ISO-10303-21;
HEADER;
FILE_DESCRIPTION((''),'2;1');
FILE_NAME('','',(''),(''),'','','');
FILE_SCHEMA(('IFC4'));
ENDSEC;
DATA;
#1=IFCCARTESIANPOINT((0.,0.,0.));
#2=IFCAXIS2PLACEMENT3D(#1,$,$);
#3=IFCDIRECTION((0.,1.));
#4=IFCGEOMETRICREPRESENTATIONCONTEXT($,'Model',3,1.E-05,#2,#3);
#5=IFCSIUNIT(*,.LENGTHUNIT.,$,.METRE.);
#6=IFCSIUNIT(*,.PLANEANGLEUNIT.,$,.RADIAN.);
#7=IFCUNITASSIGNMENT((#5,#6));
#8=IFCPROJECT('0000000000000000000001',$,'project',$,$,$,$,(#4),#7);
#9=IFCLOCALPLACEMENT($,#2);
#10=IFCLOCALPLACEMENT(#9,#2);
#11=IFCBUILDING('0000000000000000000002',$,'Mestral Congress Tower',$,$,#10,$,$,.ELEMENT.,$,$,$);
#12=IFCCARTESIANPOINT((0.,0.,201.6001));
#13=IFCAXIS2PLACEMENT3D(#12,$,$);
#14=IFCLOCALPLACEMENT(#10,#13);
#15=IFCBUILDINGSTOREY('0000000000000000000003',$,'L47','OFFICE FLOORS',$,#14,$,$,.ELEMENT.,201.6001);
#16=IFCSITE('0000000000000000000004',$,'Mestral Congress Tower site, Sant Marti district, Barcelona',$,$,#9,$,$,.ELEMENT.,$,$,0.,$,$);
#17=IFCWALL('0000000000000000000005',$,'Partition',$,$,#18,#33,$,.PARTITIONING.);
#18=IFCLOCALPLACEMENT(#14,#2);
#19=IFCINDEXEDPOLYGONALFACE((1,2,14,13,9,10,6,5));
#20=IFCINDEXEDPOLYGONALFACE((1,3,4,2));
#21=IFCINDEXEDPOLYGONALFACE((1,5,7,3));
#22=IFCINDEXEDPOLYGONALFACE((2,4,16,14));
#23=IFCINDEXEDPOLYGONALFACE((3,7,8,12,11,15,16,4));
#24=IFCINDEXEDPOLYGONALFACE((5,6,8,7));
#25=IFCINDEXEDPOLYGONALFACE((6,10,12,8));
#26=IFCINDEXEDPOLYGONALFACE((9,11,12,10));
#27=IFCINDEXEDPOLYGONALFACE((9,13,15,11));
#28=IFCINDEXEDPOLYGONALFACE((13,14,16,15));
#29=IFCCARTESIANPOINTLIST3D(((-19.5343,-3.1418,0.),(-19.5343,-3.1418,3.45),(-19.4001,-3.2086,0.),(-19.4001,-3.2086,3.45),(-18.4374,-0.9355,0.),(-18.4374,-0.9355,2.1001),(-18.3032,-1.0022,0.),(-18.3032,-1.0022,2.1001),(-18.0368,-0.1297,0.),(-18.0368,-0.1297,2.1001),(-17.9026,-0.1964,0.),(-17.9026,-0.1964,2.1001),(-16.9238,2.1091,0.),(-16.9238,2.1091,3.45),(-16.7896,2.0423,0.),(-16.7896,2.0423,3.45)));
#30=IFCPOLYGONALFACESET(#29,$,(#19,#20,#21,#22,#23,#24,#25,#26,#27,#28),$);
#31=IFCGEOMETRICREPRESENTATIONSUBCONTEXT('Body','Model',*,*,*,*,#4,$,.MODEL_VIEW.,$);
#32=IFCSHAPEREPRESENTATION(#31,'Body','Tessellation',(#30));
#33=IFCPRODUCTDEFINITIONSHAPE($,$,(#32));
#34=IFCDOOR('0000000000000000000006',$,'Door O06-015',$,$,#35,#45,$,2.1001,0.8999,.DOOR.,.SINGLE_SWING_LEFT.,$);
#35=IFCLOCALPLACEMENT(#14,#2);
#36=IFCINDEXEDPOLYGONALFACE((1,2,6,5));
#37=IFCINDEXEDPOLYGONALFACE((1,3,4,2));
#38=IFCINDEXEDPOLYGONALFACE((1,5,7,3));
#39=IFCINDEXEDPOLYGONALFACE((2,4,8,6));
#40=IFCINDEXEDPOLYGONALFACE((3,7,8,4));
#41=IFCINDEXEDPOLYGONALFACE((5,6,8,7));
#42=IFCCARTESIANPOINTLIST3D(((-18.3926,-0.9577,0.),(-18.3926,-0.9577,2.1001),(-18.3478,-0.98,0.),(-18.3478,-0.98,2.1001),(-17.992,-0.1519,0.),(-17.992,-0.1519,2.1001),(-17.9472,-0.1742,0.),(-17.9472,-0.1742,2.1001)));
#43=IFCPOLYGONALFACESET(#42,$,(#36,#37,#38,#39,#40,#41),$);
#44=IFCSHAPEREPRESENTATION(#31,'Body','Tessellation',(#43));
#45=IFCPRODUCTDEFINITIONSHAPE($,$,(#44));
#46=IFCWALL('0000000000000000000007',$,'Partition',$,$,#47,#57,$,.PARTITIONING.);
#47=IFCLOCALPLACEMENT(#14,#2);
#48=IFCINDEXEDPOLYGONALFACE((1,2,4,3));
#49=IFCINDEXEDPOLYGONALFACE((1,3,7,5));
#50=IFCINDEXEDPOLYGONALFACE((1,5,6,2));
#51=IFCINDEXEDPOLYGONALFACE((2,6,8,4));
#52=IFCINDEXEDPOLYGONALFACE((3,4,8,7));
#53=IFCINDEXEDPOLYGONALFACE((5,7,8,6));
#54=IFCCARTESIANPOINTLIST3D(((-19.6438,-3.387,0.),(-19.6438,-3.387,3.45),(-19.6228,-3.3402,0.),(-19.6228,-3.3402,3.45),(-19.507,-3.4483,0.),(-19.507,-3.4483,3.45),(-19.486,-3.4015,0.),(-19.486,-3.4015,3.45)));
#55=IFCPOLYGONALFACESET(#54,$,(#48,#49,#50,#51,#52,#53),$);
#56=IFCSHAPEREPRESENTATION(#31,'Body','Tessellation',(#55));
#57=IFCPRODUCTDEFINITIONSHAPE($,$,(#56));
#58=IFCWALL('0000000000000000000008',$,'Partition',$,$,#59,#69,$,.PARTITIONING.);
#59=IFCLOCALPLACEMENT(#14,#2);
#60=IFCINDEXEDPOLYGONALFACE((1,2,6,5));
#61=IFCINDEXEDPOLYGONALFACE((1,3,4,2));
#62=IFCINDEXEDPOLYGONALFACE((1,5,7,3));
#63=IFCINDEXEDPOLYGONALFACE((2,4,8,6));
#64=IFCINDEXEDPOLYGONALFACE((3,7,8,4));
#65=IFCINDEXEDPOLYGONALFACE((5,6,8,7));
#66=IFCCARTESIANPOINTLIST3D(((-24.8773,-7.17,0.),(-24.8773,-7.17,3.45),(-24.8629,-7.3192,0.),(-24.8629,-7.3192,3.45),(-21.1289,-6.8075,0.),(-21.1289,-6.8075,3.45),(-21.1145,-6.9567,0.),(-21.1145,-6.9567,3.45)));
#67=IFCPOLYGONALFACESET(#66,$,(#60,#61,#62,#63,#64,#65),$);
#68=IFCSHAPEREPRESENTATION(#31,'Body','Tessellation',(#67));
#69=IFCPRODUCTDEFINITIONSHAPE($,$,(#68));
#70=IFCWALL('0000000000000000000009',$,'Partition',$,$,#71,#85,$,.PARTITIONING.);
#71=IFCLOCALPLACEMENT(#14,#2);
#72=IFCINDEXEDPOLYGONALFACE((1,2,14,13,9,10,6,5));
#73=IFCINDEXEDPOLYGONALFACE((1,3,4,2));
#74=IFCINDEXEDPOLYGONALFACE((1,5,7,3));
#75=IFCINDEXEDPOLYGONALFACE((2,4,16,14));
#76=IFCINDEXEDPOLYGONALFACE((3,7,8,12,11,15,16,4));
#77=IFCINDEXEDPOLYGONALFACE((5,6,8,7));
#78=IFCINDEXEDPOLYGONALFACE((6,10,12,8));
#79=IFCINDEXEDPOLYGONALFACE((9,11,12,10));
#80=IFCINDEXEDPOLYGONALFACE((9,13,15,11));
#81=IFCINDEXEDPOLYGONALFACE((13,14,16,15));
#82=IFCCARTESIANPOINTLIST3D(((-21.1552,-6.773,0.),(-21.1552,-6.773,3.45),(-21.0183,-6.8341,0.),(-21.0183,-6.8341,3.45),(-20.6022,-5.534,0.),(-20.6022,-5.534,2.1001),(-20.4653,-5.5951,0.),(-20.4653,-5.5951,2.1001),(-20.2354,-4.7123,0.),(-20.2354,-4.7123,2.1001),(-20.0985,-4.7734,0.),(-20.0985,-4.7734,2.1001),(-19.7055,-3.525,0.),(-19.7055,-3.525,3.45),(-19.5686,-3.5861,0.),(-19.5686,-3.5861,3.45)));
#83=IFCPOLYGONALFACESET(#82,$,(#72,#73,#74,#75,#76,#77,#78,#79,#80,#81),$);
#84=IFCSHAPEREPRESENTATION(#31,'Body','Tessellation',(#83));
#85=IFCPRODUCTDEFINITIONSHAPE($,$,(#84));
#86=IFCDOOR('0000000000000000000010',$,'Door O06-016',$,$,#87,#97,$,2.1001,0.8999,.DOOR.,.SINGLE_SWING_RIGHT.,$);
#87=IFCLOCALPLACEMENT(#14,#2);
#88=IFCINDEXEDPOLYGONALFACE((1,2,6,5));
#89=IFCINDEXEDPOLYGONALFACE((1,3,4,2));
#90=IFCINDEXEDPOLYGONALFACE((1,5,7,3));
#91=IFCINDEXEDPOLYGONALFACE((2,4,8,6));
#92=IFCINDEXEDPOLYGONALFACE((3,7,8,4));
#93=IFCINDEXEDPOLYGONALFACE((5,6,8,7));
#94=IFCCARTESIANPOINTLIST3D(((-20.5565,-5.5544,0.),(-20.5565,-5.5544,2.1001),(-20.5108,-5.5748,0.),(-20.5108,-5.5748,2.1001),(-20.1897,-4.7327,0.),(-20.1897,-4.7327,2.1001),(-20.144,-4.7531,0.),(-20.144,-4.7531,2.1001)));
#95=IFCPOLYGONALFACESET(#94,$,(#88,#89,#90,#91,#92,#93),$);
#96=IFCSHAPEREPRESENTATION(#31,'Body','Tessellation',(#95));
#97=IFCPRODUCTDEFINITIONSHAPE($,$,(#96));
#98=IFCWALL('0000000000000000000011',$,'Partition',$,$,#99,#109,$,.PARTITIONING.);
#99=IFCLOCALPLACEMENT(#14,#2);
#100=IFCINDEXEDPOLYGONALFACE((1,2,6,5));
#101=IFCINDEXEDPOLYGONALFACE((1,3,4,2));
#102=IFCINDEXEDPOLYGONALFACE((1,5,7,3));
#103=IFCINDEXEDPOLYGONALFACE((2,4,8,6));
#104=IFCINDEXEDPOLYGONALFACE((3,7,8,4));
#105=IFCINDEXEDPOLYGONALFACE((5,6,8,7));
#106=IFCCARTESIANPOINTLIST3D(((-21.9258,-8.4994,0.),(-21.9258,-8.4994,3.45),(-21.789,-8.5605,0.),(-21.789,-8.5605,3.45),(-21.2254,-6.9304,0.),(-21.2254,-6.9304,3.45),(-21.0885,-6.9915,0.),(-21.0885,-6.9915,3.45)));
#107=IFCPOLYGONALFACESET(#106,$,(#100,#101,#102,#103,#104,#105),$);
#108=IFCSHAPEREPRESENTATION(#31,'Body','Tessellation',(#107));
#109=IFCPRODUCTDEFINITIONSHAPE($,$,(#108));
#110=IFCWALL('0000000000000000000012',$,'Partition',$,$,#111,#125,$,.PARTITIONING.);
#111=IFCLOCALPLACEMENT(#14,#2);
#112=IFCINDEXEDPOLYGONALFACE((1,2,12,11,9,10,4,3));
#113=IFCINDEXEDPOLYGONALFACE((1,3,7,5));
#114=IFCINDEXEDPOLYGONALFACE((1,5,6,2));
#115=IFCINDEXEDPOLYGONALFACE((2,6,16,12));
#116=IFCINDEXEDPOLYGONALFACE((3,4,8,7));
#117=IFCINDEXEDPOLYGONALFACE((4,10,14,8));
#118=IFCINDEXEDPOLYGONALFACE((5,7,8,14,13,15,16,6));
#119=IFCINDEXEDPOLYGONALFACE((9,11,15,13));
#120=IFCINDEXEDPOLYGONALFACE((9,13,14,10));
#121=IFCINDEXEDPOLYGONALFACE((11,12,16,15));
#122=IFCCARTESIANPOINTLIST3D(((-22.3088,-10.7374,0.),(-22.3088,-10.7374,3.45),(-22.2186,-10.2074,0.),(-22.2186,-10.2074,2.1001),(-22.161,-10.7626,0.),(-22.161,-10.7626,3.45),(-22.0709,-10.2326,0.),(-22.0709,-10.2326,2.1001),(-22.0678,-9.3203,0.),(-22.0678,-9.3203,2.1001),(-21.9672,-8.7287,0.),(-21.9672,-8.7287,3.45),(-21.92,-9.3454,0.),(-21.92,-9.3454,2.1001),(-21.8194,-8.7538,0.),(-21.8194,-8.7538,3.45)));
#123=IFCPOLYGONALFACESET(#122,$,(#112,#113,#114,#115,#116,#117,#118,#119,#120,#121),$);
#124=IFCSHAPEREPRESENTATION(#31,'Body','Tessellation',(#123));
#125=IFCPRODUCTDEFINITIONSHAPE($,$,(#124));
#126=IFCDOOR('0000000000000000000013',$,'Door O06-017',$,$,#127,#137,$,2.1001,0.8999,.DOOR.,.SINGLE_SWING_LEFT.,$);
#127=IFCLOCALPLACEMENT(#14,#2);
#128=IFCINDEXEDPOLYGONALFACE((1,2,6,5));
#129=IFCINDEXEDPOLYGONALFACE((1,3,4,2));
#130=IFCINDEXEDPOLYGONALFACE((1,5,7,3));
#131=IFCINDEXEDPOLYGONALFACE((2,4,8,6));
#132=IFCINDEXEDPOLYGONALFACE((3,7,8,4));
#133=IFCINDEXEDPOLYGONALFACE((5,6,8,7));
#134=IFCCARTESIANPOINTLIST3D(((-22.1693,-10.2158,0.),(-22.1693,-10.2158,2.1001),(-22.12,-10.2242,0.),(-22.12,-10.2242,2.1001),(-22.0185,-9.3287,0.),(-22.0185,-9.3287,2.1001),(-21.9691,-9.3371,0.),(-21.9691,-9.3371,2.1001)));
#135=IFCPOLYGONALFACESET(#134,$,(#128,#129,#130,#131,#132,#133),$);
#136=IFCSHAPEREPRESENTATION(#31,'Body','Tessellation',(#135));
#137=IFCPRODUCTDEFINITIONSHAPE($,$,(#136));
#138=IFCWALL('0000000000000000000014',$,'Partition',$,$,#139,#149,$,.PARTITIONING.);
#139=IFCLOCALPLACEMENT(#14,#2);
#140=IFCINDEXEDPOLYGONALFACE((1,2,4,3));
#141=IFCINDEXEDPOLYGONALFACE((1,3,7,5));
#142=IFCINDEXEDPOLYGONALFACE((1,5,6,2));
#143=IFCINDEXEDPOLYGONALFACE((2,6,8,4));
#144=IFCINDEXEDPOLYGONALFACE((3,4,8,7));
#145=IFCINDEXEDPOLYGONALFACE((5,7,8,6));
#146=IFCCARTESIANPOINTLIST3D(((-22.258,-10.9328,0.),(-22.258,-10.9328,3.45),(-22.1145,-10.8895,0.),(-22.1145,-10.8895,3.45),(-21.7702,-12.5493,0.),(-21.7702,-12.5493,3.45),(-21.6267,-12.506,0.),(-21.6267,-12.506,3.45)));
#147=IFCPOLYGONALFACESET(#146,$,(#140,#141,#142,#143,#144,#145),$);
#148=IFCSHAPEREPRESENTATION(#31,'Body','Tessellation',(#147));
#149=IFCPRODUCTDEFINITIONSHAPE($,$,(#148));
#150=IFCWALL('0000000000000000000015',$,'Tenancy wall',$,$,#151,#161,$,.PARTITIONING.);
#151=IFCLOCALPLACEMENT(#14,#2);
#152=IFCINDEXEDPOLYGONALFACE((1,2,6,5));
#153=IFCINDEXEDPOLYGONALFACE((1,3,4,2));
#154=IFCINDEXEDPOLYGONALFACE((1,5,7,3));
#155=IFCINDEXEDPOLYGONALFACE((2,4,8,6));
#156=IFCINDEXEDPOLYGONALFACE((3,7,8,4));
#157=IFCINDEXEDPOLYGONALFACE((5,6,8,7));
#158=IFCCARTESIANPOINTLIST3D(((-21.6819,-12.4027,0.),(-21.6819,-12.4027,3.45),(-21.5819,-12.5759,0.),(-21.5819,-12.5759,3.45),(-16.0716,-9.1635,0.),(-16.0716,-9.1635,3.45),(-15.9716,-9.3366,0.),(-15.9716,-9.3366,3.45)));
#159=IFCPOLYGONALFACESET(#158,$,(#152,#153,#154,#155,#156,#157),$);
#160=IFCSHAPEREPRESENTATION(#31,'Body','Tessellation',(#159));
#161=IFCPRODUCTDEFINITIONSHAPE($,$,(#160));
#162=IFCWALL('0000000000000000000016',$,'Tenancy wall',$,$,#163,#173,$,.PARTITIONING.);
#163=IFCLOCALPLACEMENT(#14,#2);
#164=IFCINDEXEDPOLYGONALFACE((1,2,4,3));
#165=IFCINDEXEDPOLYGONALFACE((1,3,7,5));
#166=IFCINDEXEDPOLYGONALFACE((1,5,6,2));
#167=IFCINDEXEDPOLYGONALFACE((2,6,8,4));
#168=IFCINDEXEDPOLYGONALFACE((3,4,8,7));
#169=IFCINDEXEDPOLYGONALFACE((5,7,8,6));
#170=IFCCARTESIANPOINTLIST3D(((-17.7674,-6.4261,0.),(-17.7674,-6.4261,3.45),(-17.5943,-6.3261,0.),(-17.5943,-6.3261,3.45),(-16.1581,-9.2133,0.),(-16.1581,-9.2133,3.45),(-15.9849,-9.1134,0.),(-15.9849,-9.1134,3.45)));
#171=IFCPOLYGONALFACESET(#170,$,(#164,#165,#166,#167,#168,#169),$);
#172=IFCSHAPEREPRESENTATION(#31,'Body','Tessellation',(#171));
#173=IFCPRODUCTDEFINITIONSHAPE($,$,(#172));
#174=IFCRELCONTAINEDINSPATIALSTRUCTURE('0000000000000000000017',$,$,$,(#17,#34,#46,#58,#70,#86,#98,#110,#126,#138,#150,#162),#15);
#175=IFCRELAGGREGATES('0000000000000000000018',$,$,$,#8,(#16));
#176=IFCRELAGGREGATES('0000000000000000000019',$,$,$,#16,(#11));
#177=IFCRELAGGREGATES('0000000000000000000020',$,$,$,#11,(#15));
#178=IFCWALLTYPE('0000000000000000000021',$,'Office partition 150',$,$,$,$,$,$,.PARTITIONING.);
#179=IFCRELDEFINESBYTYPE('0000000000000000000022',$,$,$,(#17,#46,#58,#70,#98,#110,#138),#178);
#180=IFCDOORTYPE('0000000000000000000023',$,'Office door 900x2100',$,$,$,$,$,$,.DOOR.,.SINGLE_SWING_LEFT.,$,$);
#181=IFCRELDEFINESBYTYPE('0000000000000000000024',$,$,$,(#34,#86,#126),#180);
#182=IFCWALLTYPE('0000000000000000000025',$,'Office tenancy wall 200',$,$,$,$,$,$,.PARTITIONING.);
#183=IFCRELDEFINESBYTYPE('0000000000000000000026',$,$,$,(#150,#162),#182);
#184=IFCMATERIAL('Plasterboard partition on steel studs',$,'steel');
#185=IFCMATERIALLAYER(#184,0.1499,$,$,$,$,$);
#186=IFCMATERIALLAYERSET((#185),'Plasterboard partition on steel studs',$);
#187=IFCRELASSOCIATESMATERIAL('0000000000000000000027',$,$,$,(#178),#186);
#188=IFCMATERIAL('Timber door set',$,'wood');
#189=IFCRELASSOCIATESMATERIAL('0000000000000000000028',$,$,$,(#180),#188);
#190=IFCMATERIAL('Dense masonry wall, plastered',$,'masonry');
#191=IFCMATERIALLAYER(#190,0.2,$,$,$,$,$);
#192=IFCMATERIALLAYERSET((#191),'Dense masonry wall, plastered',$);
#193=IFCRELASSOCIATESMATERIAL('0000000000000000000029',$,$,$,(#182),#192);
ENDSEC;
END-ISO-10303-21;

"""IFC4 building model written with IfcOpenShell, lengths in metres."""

from ifc_helpers import new_model, si_unit, direction, frame, frame_2d, origin, place, context, subcontext, project, spatial, rectangle, extrude, material, layer, layer_set, type_object, element, fill, save


model = new_model("IFC4")

# Units and contexts
model_context = context("Model", 3, precision=1e-05, world=origin(), true_north=direction((0.0, 1.0)))
body_context = subcontext(model_context, "Body", "Model", "MODEL_VIEW")
ifc_project = project(units=[si_unit("LENGTHUNIT", "METRE"), si_unit("PLANEANGLEUNIT", "RADIAN")], contexts=[model_context])

# Site, building, storey
site_placement = place(None, origin())
site = spatial("IfcSite", under=ifc_project, at=site_placement, Name="Mestral Congress Tower site, Sant Marti district, Barcelona", CompositionType="ELEMENT", RefElevation=0.0)
building_placement = place(site_placement, origin())
building = spatial("IfcBuilding", under=site, at=building_placement, Name="Mestral Congress Tower", CompositionType="ELEMENT")
storey_placement = place(building_placement, frame((0.0, 0.0, 201.6001)))
storey = spatial("IfcBuildingStorey", under=building, at=storey_placement, Name="L47", Description="OFFICE FLOORS", CompositionType="ELEMENT", Elevation=201.6001)

# Shared definitions
ifc_material_1 = material(Name="Plasterboard partition on steel studs", Category="steel")
ifc_layer_1 = layer(ifc_material_1, 0.1499)
ifc_layer_set_1 = layer_set([ifc_layer_1], Name="Plasterboard partition on steel studs")
wall_type_1 = type_object("IfcWallType", Name="Office partition 150", PredefinedType="PARTITIONING", material=ifc_layer_set_1)

# Wall, opening, door
wall_1_placement = place(storey_placement, frame((-19.4673, -3.1753, 0.0), z_axis=(0.0, 0.0, 1.0), x_axis=(0.445181, 0.895441, 0.0)))
wall_1 = element("IfcWall", 1, at=wall_1_placement, inside=storey, type_object=wall_type_1, Name="Partition", PredefinedType="PARTITIONING", context=body_context, shape_type="SweptSolid", body=[
    extrude(rectangle(XDim=5.864, YDim=0.1499, at=frame_2d((2.9321, 0.0))), origin(), (0.0, 0.0, 1.0), 3.45),
])
opening_1_placement = place(wall_1_placement, frame((2.4641, 0.0, 0.0)))
opening_1 = element("IfcOpeningElement", 2, at=opening_1_placement, cuts=wall_1, PredefinedType="OPENING", context=body_context, shape_type="SweptSolid", body=[
    extrude(rectangle(XDim=0.8999, YDim=2.1001, at=frame_2d((0.45, 1.05))), frame((0.0, 0.085, 0.0), z_axis=(0.0, -1.0, 0.0), x_axis=(1.0, 0.0, 0.0)), (0.0, 0.0, 1.0), 0.1699),
])
ifc_material_2 = material(Name="Timber door set", Category="wood")
door_type_1 = type_object("IfcDoorType", Name="Office door 900x2100", OperationType="SINGLE_SWING_LEFT", PredefinedType="DOOR", material=ifc_material_2)
door_1_placement = place(opening_1_placement, origin())
door_1 = element("IfcDoor", 3, at=door_1_placement, inside=storey, type_object=door_type_1, Name="Door O06-015", OperationType="SINGLE_SWING_LEFT", OverallHeight=2.1001, OverallWidth=0.8999, PredefinedType="DOOR", context=body_context, shape_type="SweptSolid", body=[
    extrude(rectangle(XDim=0.8999, YDim=2.1001, at=frame_2d((0.45, 1.05))), frame((0.0, 0.0249, 0.0), z_axis=(0.0, -1.0, 0.0), x_axis=(1.0, 0.0, 0.0)), (0.0, 0.0, 1.0), 0.05),
])
fill(opening_1, door_1)

# Walls
wall_2_placement = place(storey_placement, frame((-19.5544, -3.3708, 0.0), z_axis=(0.0, 0.0, 1.0), x_axis=(-0.408783, -0.912632, 0.0)))
element("IfcWall", 4, at=wall_2_placement, inside=storey, type_object=wall_type_1, Name="Partition", PredefinedType="PARTITIONING", context=body_context, shape_type="SweptSolid", body=[
    extrude(rectangle(XDim=0.0513, YDim=0.1499, at=frame_2d((0.0256, 0.0))), origin(), (0.0, 0.0, 1.0), 3.45),
])
wall_3_placement = place(storey_placement, frame((-21.1218, -6.8821, 0.0), z_axis=(0.0, 0.0, 1.0), x_axis=(-0.995355, -0.096274, 0.0)))
element("IfcWall", 5, at=wall_3_placement, inside=storey, type_object=wall_type_1, Name="Partition", PredefinedType="PARTITIONING", context=body_context, shape_type="SweptSolid", body=[
    extrude(rectangle(XDim=3.7659, YDim=0.1499, at=frame_2d((1.8828, 0.0))), origin(), (0.0, 0.0, 1.0), 3.45),
])

# Wall, opening, door
wall_4_placement = place(storey_placement, frame((-21.0867, -6.8035, 0.0), z_axis=(0.0, 0.0, 1.0), x_axis=(0.407577, 0.913171, 0.0)))
wall_4 = element("IfcWall", 6, at=wall_4_placement, inside=storey, type_object=wall_type_1, Name="Partition", PredefinedType="PARTITIONING", context=body_context, shape_type="SweptSolid", body=[
    extrude(rectangle(XDim=3.5569, YDim=0.1499, at=frame_2d((1.7783, 0.0))), origin(), (0.0, 0.0, 1.0), 3.45),
])
opening_2_placement = place(wall_4_placement, frame((1.3567, 0.0, 0.0)))
opening_2 = element("IfcOpeningElement", 7, at=opening_2_placement, cuts=wall_4, PredefinedType="OPENING", context=body_context, shape_type="SweptSolid", body=[
    extrude(rectangle(XDim=0.8999, YDim=2.1001, at=frame_2d((0.45, 1.05))), frame((0.0, 0.085, 0.0), z_axis=(0.0, -1.0, 0.0), x_axis=(1.0, 0.0, 0.0)), (0.0, 0.0, 1.0), 0.1699),
])
door_2_placement = place(opening_2_placement, origin())
door_2 = element("IfcDoor", 8, at=door_2_placement, inside=storey, type_object=door_type_1, Name="Door O06-016", OperationType="SINGLE_SWING_RIGHT", OverallHeight=2.1001, OverallWidth=0.8999, PredefinedType="DOOR", context=body_context, shape_type="SweptSolid", body=[
    extrude(rectangle(XDim=0.8999, YDim=2.1001, at=frame_2d((0.45, 1.05))), frame((0.0, 0.0249, 0.0), z_axis=(0.0, -1.0, 0.0), x_axis=(1.0, 0.0, 0.0)), (0.0, 0.0, 1.0), 0.05),
])
fill(opening_2, door_2)

# Wall
wall_5_placement = place(storey_placement, frame((-21.157, -6.9609, 0.0), z_axis=(0.0, 0.0, 1.0), x_axis=(-0.407628, -0.913148, 0.0)))
element("IfcWall", 9, at=wall_5_placement, inside=storey, type_object=wall_type_1, Name="Partition", PredefinedType="PARTITIONING", context=body_context, shape_type="SweptSolid", body=[
    extrude(rectangle(XDim=1.7183, YDim=0.1499, at=frame_2d((0.8591, 0.0))), origin(), (0.0, 0.0, 1.0), 3.45),
])

# Wall, opening, door
wall_6_placement = place(storey_placement, frame((-22.2349, -10.75, 0.0), z_axis=(0.0, 0.0, 1.0), x_axis=(0.167623, 0.985851, 0.0)))
wall_6 = element("IfcWall", 10, at=wall_6_placement, inside=storey, type_object=wall_type_1, Name="Partition", PredefinedType="PARTITIONING", context=body_context, shape_type="SweptSolid", body=[
    extrude(rectangle(XDim=2.0376, YDim=0.1499, at=frame_2d((1.0188, 0.0))), origin(), (0.0, 0.0, 1.0), 3.45),
])
opening_3_placement = place(wall_6_placement, frame((0.5376, 0.0, 0.0)))
opening_3 = element("IfcOpeningElement", 11, at=opening_3_placement, cuts=wall_6, PredefinedType="OPENING", context=body_context, shape_type="SweptSolid", body=[
    extrude(rectangle(XDim=0.8999, YDim=2.1001, at=frame_2d((0.45, 1.05))), frame((0.0, 0.085, 0.0), z_axis=(0.0, -1.0, 0.0), x_axis=(1.0, 0.0, 0.0)), (0.0, 0.0, 1.0), 0.1699),
])
door_3_placement = place(opening_3_placement, origin())
door_3 = element("IfcDoor", 12, at=door_3_placement, inside=storey, type_object=door_type_1, Name="Door O06-017", OperationType="SINGLE_SWING_LEFT", OverallHeight=2.1001, OverallWidth=0.8999, PredefinedType="DOOR", context=body_context, shape_type="SweptSolid", body=[
    extrude(rectangle(XDim=0.8999, YDim=2.1001, at=frame_2d((0.45, 1.05))), frame((0.0, 0.0249, 0.0), z_axis=(0.0, -1.0, 0.0), x_axis=(1.0, 0.0, 0.0)), (0.0, 0.0, 1.0), 0.05),
])
fill(opening_3, door_3)

# Walls
wall_7_placement = place(storey_placement, frame((-22.1863, -10.9111, 0.0), z_axis=(0.0, 0.0, 1.0), x_axis=(0.2889, -0.957359, 0.0)))
element("IfcWall", 13, at=wall_7_placement, inside=storey, type_object=wall_type_1, Name="Partition", PredefinedType="PARTITIONING", context=body_context, shape_type="SweptSolid", body=[
    extrude(rectangle(XDim=1.6885, YDim=0.1499, at=frame_2d((0.8442, 0.0))), origin(), (0.0, 0.0, 1.0), 3.45),
])
ifc_material_3 = material(Name="Dense masonry wall, plastered", Category="masonry")
ifc_layer_2 = layer(ifc_material_3, 0.2)
ifc_layer_set_2 = layer_set([ifc_layer_2], Name="Dense masonry wall, plastered")
wall_type_2 = type_object("IfcWallType", Name="Office tenancy wall 200", PredefinedType="PARTITIONING", material=ifc_layer_set_2)
wall_8_placement = place(storey_placement, frame((-16.0215, -9.25, 0.0), z_axis=(0.0, 0.0, 1.0), x_axis=(-0.866017, -0.500014, 0.0)))
element("IfcWall", 14, at=wall_8_placement, inside=storey, type_object=wall_type_2, Name="Tenancy wall", PredefinedType="PARTITIONING", context=body_context, shape_type="SweptSolid", body=[
    extrude(rectangle(XDim=6.4783, YDim=0.2, at=frame_2d((3.2393, 0.0))), origin(), (0.0, 0.0, 1.0), 3.45),
])
wall_9_placement = place(storey_placement, frame((-17.6809, -6.376, 0.0), z_axis=(0.0, 0.0, 1.0), x_axis=(0.500022, -0.866013, 0.0)))
element("IfcWall", 15, at=wall_9_placement, inside=storey, type_object=wall_type_2, Name="Tenancy wall", PredefinedType="PARTITIONING", context=body_context, shape_type="SweptSolid", body=[
    extrude(rectangle(XDim=3.2185, YDim=0.2, at=frame_2d((1.6094, 0.0))), origin(), (0.0, 0.0, 1.0), 3.45),
])

save(model, "model.ifc")
